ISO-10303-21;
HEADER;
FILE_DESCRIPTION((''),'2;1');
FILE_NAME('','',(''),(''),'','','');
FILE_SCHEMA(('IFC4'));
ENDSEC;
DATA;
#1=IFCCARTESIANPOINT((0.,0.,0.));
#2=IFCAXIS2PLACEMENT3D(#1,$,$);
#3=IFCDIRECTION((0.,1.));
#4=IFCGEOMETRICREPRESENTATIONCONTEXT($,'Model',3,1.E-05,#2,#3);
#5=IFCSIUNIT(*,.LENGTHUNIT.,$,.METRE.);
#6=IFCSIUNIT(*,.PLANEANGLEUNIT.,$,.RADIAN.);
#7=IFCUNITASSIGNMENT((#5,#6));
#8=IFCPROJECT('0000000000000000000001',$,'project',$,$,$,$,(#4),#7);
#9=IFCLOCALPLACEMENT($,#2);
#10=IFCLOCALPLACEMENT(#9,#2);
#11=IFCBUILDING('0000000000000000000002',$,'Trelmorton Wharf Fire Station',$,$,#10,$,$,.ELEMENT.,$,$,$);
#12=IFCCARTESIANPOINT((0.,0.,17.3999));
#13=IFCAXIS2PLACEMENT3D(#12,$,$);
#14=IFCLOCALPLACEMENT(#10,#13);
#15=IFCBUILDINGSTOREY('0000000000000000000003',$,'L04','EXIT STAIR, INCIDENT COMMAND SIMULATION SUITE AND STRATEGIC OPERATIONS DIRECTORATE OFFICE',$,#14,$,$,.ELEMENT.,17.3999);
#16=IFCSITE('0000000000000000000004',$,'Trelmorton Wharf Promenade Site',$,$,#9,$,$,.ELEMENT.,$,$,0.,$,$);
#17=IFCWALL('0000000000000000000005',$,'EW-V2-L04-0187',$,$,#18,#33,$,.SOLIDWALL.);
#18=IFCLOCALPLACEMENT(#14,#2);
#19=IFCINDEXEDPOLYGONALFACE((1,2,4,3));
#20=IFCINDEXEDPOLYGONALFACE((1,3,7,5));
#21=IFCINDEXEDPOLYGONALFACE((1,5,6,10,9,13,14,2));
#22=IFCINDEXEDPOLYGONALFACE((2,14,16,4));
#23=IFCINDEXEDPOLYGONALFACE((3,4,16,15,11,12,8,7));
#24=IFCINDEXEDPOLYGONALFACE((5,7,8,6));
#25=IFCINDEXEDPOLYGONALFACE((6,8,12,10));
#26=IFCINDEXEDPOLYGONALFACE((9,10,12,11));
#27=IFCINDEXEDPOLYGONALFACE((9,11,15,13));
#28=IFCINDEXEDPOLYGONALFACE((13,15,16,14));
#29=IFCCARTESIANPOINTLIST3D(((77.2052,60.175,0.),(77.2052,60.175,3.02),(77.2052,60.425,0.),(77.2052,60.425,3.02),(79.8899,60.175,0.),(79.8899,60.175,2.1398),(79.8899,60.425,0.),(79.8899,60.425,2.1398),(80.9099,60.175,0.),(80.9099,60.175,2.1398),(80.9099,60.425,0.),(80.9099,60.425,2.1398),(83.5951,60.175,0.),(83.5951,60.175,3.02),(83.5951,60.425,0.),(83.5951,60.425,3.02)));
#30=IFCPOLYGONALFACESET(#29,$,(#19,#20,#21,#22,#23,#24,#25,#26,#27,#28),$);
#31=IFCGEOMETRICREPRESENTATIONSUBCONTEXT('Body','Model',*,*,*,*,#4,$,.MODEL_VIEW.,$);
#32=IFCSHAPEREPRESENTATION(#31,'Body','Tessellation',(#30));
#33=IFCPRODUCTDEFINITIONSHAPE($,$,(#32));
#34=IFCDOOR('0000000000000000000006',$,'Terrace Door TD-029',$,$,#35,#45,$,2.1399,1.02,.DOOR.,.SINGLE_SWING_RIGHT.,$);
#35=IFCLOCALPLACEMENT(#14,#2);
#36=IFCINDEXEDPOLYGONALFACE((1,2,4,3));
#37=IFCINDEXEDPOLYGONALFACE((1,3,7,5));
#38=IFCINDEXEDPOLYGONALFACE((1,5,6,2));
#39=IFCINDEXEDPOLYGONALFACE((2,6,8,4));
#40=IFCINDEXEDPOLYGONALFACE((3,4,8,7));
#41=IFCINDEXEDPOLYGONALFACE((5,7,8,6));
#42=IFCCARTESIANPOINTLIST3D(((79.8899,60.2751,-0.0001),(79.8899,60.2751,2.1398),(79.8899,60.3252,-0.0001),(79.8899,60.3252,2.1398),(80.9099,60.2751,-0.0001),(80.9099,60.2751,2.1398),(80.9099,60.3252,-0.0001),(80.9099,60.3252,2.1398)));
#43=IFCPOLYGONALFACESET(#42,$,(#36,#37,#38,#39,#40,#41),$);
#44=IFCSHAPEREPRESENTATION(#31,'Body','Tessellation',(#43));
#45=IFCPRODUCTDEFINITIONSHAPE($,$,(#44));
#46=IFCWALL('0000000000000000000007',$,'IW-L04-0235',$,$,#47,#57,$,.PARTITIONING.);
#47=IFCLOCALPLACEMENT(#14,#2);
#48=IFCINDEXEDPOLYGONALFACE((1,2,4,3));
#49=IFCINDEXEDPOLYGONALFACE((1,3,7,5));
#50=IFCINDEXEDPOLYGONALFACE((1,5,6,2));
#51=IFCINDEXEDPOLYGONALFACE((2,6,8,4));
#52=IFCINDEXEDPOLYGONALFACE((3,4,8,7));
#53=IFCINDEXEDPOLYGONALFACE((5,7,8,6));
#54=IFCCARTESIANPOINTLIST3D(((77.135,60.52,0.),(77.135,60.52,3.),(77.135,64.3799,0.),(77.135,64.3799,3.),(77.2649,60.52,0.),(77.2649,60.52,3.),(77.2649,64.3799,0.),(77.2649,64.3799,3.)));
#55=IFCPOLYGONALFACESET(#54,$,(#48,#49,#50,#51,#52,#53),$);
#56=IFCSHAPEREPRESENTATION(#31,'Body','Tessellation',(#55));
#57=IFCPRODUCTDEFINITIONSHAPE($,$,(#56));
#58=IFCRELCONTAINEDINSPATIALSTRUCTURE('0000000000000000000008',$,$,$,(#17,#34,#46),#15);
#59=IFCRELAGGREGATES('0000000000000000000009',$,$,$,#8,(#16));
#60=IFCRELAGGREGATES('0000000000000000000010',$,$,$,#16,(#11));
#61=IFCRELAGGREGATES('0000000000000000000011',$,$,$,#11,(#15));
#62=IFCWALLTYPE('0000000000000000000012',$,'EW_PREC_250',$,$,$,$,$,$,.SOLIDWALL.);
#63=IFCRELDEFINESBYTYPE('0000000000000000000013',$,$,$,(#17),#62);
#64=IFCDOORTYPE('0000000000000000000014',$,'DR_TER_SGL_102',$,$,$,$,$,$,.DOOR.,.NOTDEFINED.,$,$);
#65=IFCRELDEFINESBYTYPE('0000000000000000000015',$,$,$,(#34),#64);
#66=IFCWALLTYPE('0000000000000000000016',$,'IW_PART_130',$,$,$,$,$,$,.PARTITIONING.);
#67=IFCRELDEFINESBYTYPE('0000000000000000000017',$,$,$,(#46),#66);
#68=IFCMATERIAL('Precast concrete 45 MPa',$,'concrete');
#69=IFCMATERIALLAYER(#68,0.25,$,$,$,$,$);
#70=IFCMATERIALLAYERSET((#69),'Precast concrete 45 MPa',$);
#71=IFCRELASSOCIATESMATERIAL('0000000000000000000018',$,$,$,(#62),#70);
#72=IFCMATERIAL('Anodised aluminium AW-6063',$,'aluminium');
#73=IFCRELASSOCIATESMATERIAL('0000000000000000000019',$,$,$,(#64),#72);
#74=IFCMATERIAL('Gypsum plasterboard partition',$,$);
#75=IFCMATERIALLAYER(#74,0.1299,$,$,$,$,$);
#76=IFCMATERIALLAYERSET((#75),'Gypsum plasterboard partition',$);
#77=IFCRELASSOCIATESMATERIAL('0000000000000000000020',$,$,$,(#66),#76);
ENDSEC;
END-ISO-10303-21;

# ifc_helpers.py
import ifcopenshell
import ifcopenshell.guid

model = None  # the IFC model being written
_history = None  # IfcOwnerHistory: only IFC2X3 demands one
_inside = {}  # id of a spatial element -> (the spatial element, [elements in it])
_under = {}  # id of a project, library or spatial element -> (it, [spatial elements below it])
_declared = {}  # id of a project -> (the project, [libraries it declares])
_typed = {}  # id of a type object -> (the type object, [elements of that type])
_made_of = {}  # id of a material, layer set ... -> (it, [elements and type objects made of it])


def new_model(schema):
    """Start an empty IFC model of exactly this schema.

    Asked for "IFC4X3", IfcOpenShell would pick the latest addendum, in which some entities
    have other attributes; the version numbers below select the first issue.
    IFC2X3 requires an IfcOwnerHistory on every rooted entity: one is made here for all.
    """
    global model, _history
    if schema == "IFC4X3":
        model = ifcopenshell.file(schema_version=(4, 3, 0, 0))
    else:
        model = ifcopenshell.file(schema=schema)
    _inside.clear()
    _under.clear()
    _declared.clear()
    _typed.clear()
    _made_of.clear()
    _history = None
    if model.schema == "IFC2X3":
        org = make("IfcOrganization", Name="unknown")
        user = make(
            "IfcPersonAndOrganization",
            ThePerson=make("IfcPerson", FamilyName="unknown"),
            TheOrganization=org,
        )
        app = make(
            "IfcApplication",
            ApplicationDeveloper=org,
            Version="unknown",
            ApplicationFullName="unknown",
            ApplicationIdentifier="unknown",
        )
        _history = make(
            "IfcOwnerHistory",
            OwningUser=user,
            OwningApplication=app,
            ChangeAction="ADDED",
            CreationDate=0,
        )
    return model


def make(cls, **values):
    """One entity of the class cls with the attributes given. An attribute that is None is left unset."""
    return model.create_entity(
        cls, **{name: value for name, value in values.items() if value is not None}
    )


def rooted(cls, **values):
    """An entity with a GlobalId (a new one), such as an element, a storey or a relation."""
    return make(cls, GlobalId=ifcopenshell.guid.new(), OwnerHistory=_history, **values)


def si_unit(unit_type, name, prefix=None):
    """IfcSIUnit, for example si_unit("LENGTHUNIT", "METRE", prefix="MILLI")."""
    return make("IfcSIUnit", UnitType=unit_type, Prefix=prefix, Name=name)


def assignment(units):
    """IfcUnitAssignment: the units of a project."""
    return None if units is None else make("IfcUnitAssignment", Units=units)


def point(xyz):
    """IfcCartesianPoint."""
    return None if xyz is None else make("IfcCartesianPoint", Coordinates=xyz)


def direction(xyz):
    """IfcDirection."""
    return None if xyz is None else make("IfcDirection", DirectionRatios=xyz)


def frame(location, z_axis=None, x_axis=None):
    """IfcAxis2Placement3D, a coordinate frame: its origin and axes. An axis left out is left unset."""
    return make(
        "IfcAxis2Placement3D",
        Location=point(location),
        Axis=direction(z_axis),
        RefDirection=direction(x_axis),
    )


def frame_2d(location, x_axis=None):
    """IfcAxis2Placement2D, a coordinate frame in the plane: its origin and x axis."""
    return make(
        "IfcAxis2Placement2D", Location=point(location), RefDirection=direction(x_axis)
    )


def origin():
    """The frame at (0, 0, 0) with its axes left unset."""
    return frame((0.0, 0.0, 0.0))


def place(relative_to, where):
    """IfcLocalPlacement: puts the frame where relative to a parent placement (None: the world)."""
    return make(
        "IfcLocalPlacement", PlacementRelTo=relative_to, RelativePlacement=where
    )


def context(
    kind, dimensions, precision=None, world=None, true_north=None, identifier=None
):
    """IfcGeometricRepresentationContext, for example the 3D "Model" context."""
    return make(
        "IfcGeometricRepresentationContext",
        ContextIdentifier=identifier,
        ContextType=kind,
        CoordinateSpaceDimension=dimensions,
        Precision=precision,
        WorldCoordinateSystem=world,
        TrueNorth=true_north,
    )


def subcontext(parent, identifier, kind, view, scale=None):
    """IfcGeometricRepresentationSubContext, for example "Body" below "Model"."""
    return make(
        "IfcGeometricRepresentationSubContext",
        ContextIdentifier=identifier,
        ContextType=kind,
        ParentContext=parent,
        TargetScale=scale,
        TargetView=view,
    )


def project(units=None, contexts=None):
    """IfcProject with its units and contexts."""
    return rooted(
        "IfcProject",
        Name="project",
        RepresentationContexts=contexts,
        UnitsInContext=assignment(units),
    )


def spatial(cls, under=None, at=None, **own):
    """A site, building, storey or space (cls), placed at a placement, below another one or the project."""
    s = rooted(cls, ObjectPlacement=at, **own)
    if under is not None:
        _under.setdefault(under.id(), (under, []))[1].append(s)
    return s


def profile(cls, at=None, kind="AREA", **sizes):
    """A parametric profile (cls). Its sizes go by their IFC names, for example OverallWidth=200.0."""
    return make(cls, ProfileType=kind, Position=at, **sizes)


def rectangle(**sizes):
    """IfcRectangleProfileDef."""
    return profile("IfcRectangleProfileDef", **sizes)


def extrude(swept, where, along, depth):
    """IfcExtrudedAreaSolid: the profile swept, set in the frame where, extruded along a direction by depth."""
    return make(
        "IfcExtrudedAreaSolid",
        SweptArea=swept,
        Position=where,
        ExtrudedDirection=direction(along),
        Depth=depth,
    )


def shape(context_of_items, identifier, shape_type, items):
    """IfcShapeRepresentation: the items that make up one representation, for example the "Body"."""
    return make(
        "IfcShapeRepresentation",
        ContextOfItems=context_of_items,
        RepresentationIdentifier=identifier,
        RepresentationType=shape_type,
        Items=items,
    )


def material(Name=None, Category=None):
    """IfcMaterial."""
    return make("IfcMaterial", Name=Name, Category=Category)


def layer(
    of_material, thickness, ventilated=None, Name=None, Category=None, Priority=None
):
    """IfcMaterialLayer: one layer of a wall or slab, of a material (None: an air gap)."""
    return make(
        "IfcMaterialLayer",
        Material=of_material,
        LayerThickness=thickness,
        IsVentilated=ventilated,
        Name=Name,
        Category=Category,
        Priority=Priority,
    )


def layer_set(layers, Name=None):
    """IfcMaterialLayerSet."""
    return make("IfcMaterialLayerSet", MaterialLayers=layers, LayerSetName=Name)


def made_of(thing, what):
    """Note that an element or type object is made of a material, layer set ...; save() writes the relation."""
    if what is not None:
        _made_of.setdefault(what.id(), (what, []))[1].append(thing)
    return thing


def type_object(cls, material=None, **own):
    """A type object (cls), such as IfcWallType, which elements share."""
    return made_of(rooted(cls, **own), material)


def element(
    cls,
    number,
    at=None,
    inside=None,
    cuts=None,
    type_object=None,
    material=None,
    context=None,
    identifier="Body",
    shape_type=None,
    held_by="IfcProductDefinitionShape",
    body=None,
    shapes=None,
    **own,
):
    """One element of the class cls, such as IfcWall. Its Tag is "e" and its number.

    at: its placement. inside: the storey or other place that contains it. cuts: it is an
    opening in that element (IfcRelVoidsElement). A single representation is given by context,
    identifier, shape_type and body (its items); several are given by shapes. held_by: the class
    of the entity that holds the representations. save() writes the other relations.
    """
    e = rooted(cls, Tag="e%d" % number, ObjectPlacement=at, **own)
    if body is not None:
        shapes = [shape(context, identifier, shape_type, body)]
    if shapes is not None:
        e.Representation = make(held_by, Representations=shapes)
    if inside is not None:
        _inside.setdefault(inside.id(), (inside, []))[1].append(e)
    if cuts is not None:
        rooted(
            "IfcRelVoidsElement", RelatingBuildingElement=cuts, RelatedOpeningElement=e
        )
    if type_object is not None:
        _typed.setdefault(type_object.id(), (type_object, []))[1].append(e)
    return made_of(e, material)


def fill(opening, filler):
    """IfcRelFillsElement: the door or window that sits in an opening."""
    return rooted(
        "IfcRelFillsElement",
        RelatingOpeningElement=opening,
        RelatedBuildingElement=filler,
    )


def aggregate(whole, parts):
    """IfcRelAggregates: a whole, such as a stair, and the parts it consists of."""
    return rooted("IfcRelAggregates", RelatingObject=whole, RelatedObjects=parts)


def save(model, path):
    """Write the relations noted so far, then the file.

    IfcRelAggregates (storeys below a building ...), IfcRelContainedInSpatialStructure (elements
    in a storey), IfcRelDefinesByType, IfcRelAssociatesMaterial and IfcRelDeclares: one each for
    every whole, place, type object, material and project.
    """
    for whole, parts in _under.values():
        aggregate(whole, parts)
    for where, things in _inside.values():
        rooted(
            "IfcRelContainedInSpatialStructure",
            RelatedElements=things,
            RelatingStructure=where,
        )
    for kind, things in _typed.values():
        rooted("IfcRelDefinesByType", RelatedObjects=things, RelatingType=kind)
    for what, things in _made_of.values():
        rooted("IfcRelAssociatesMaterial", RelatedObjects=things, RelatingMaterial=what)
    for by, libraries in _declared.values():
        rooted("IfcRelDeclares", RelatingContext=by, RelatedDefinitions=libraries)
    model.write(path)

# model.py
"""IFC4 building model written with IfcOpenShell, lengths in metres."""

from ifc_helpers import new_model, si_unit, direction, frame, frame_2d, origin, place, context, subcontext, project, spatial, rectangle, extrude, material, layer, layer_set, type_object, element, fill, save


model = new_model("IFC4")

# Units and contexts
model_context = context("Model", 3, precision=1e-05, world=origin(), true_north=direction((0.0, 1.0)))
body_context = subcontext(model_context, "Body", "Model", "MODEL_VIEW")
ifc_project = project(units=[si_unit("LENGTHUNIT", "METRE"), si_unit("PLANEANGLEUNIT", "RADIAN")], contexts=[model_context])

# Site, building, storey
site_placement = place(None, origin())
site = spatial("IfcSite", under=ifc_project, at=site_placement, Name="Trelmorton Wharf Promenade Site", CompositionType="ELEMENT", RefElevation=0.0)
building_placement = place(site_placement, origin())
building = spatial("IfcBuilding", under=site, at=building_placement, Name="Trelmorton Wharf Fire Station", CompositionType="ELEMENT")
storey_placement = place(building_placement, frame((0.0, 0.0, 17.3999)))
storey = spatial("IfcBuildingStorey", under=building, at=storey_placement, Name="L04", Description="EXIT STAIR, INCIDENT COMMAND SIMULATION SUITE AND STRATEGIC OPERATIONS DIRECTORATE OFFICE", CompositionType="ELEMENT", Elevation=17.3999)

# Shared definitions
ifc_material_1 = material(Name="Anodised aluminium AW-6063", Category="aluminium")

# Wall, opening, door
ifc_material_2 = material(Name="Precast concrete 45 MPa", Category="concrete")
ifc_layer_1 = layer(ifc_material_2, 0.25)
ifc_layer_set_1 = layer_set([ifc_layer_1], Name="Precast concrete 45 MPa")
wall_type_1 = type_object("IfcWallType", Name="EW_PREC_250", PredefinedType="SOLIDWALL", material=ifc_layer_set_1)
wall_1_placement = place(storey_placement, frame((83.595, 60.3, 0.0), z_axis=(0.0, 0.0, 1.0), x_axis=(-1.0, 0.0, 0.0)))
wall_1 = element("IfcWall", 1, at=wall_1_placement, inside=storey, type_object=wall_type_1, Name="EW-V2-L04-0187", PredefinedType="SOLIDWALL", context=body_context, shape_type="SweptSolid", body=[
    extrude(rectangle(XDim=6.3899, YDim=0.25, at=frame_2d((3.1948, 0.0))), origin(), (0.0, 0.0, 1.0), 3.02),
])
opening_placement = place(wall_1_placement, frame((2.6851, 0.0, 0.0)))
opening = element("IfcOpeningElement", 2, at=opening_placement, cuts=wall_1, PredefinedType="OPENING", context=body_context, shape_type="SweptSolid", body=[
    extrude(rectangle(XDim=1.02, YDim=2.1399, at=frame_2d((0.51, 1.0698))), frame((0.0, 0.135, 0.0), z_axis=(0.0, -1.0, 0.0), x_axis=(1.0, 0.0, 0.0)), (0.0, 0.0, 1.0), 0.27),
])
door_type = type_object("IfcDoorType", Name="DR_TER_SGL_102", OperationType="NOTDEFINED", PredefinedType="DOOR", material=ifc_material_1)
door_placement = place(opening_placement, origin())
door = element("IfcDoor", 3, at=door_placement, inside=storey, type_object=door_type, Name="Terrace Door TD-029", OperationType="SINGLE_SWING_RIGHT", OverallHeight=2.1399, OverallWidth=1.02, PredefinedType="DOOR", context=body_context, shape_type="SweptSolid", body=[
    extrude(rectangle(XDim=1.02, YDim=2.1399, at=frame_2d((0.51, 1.0698))), frame((0.0, 0.0249, 0.0), z_axis=(0.0, -1.0, 0.0), x_axis=(1.0, 0.0, 0.0)), (0.0, 0.0, 1.0), 0.05),
])
fill(opening, door)

# Wall
ifc_material_3 = material(Name="Gypsum plasterboard partition")
ifc_layer_2 = layer(ifc_material_3, 0.1299)
ifc_layer_set_2 = layer_set([ifc_layer_2], Name="Gypsum plasterboard partition")
wall_type_2 = type_object("IfcWallType", Name="IW_PART_130", PredefinedType="PARTITIONING", material=ifc_layer_set_2)
wall_2_placement = place(storey_placement, frame((77.2, 60.52, 0.0), z_axis=(0.0, 0.0, 1.0), x_axis=(0.0, 1.0, 0.0)))
element("IfcWall", 4, at=wall_2_placement, inside=storey, type_object=wall_type_2, Name="IW-L04-0235", PredefinedType="PARTITIONING", context=body_context, shape_type="SweptSolid", body=[
    extrude(rectangle(XDim=3.8599, YDim=0.1299, at=frame_2d((1.9299, 0.0))), origin(), (0.0, 0.0, 1.0), 3.0),
])

save(model, "model.ifc")
